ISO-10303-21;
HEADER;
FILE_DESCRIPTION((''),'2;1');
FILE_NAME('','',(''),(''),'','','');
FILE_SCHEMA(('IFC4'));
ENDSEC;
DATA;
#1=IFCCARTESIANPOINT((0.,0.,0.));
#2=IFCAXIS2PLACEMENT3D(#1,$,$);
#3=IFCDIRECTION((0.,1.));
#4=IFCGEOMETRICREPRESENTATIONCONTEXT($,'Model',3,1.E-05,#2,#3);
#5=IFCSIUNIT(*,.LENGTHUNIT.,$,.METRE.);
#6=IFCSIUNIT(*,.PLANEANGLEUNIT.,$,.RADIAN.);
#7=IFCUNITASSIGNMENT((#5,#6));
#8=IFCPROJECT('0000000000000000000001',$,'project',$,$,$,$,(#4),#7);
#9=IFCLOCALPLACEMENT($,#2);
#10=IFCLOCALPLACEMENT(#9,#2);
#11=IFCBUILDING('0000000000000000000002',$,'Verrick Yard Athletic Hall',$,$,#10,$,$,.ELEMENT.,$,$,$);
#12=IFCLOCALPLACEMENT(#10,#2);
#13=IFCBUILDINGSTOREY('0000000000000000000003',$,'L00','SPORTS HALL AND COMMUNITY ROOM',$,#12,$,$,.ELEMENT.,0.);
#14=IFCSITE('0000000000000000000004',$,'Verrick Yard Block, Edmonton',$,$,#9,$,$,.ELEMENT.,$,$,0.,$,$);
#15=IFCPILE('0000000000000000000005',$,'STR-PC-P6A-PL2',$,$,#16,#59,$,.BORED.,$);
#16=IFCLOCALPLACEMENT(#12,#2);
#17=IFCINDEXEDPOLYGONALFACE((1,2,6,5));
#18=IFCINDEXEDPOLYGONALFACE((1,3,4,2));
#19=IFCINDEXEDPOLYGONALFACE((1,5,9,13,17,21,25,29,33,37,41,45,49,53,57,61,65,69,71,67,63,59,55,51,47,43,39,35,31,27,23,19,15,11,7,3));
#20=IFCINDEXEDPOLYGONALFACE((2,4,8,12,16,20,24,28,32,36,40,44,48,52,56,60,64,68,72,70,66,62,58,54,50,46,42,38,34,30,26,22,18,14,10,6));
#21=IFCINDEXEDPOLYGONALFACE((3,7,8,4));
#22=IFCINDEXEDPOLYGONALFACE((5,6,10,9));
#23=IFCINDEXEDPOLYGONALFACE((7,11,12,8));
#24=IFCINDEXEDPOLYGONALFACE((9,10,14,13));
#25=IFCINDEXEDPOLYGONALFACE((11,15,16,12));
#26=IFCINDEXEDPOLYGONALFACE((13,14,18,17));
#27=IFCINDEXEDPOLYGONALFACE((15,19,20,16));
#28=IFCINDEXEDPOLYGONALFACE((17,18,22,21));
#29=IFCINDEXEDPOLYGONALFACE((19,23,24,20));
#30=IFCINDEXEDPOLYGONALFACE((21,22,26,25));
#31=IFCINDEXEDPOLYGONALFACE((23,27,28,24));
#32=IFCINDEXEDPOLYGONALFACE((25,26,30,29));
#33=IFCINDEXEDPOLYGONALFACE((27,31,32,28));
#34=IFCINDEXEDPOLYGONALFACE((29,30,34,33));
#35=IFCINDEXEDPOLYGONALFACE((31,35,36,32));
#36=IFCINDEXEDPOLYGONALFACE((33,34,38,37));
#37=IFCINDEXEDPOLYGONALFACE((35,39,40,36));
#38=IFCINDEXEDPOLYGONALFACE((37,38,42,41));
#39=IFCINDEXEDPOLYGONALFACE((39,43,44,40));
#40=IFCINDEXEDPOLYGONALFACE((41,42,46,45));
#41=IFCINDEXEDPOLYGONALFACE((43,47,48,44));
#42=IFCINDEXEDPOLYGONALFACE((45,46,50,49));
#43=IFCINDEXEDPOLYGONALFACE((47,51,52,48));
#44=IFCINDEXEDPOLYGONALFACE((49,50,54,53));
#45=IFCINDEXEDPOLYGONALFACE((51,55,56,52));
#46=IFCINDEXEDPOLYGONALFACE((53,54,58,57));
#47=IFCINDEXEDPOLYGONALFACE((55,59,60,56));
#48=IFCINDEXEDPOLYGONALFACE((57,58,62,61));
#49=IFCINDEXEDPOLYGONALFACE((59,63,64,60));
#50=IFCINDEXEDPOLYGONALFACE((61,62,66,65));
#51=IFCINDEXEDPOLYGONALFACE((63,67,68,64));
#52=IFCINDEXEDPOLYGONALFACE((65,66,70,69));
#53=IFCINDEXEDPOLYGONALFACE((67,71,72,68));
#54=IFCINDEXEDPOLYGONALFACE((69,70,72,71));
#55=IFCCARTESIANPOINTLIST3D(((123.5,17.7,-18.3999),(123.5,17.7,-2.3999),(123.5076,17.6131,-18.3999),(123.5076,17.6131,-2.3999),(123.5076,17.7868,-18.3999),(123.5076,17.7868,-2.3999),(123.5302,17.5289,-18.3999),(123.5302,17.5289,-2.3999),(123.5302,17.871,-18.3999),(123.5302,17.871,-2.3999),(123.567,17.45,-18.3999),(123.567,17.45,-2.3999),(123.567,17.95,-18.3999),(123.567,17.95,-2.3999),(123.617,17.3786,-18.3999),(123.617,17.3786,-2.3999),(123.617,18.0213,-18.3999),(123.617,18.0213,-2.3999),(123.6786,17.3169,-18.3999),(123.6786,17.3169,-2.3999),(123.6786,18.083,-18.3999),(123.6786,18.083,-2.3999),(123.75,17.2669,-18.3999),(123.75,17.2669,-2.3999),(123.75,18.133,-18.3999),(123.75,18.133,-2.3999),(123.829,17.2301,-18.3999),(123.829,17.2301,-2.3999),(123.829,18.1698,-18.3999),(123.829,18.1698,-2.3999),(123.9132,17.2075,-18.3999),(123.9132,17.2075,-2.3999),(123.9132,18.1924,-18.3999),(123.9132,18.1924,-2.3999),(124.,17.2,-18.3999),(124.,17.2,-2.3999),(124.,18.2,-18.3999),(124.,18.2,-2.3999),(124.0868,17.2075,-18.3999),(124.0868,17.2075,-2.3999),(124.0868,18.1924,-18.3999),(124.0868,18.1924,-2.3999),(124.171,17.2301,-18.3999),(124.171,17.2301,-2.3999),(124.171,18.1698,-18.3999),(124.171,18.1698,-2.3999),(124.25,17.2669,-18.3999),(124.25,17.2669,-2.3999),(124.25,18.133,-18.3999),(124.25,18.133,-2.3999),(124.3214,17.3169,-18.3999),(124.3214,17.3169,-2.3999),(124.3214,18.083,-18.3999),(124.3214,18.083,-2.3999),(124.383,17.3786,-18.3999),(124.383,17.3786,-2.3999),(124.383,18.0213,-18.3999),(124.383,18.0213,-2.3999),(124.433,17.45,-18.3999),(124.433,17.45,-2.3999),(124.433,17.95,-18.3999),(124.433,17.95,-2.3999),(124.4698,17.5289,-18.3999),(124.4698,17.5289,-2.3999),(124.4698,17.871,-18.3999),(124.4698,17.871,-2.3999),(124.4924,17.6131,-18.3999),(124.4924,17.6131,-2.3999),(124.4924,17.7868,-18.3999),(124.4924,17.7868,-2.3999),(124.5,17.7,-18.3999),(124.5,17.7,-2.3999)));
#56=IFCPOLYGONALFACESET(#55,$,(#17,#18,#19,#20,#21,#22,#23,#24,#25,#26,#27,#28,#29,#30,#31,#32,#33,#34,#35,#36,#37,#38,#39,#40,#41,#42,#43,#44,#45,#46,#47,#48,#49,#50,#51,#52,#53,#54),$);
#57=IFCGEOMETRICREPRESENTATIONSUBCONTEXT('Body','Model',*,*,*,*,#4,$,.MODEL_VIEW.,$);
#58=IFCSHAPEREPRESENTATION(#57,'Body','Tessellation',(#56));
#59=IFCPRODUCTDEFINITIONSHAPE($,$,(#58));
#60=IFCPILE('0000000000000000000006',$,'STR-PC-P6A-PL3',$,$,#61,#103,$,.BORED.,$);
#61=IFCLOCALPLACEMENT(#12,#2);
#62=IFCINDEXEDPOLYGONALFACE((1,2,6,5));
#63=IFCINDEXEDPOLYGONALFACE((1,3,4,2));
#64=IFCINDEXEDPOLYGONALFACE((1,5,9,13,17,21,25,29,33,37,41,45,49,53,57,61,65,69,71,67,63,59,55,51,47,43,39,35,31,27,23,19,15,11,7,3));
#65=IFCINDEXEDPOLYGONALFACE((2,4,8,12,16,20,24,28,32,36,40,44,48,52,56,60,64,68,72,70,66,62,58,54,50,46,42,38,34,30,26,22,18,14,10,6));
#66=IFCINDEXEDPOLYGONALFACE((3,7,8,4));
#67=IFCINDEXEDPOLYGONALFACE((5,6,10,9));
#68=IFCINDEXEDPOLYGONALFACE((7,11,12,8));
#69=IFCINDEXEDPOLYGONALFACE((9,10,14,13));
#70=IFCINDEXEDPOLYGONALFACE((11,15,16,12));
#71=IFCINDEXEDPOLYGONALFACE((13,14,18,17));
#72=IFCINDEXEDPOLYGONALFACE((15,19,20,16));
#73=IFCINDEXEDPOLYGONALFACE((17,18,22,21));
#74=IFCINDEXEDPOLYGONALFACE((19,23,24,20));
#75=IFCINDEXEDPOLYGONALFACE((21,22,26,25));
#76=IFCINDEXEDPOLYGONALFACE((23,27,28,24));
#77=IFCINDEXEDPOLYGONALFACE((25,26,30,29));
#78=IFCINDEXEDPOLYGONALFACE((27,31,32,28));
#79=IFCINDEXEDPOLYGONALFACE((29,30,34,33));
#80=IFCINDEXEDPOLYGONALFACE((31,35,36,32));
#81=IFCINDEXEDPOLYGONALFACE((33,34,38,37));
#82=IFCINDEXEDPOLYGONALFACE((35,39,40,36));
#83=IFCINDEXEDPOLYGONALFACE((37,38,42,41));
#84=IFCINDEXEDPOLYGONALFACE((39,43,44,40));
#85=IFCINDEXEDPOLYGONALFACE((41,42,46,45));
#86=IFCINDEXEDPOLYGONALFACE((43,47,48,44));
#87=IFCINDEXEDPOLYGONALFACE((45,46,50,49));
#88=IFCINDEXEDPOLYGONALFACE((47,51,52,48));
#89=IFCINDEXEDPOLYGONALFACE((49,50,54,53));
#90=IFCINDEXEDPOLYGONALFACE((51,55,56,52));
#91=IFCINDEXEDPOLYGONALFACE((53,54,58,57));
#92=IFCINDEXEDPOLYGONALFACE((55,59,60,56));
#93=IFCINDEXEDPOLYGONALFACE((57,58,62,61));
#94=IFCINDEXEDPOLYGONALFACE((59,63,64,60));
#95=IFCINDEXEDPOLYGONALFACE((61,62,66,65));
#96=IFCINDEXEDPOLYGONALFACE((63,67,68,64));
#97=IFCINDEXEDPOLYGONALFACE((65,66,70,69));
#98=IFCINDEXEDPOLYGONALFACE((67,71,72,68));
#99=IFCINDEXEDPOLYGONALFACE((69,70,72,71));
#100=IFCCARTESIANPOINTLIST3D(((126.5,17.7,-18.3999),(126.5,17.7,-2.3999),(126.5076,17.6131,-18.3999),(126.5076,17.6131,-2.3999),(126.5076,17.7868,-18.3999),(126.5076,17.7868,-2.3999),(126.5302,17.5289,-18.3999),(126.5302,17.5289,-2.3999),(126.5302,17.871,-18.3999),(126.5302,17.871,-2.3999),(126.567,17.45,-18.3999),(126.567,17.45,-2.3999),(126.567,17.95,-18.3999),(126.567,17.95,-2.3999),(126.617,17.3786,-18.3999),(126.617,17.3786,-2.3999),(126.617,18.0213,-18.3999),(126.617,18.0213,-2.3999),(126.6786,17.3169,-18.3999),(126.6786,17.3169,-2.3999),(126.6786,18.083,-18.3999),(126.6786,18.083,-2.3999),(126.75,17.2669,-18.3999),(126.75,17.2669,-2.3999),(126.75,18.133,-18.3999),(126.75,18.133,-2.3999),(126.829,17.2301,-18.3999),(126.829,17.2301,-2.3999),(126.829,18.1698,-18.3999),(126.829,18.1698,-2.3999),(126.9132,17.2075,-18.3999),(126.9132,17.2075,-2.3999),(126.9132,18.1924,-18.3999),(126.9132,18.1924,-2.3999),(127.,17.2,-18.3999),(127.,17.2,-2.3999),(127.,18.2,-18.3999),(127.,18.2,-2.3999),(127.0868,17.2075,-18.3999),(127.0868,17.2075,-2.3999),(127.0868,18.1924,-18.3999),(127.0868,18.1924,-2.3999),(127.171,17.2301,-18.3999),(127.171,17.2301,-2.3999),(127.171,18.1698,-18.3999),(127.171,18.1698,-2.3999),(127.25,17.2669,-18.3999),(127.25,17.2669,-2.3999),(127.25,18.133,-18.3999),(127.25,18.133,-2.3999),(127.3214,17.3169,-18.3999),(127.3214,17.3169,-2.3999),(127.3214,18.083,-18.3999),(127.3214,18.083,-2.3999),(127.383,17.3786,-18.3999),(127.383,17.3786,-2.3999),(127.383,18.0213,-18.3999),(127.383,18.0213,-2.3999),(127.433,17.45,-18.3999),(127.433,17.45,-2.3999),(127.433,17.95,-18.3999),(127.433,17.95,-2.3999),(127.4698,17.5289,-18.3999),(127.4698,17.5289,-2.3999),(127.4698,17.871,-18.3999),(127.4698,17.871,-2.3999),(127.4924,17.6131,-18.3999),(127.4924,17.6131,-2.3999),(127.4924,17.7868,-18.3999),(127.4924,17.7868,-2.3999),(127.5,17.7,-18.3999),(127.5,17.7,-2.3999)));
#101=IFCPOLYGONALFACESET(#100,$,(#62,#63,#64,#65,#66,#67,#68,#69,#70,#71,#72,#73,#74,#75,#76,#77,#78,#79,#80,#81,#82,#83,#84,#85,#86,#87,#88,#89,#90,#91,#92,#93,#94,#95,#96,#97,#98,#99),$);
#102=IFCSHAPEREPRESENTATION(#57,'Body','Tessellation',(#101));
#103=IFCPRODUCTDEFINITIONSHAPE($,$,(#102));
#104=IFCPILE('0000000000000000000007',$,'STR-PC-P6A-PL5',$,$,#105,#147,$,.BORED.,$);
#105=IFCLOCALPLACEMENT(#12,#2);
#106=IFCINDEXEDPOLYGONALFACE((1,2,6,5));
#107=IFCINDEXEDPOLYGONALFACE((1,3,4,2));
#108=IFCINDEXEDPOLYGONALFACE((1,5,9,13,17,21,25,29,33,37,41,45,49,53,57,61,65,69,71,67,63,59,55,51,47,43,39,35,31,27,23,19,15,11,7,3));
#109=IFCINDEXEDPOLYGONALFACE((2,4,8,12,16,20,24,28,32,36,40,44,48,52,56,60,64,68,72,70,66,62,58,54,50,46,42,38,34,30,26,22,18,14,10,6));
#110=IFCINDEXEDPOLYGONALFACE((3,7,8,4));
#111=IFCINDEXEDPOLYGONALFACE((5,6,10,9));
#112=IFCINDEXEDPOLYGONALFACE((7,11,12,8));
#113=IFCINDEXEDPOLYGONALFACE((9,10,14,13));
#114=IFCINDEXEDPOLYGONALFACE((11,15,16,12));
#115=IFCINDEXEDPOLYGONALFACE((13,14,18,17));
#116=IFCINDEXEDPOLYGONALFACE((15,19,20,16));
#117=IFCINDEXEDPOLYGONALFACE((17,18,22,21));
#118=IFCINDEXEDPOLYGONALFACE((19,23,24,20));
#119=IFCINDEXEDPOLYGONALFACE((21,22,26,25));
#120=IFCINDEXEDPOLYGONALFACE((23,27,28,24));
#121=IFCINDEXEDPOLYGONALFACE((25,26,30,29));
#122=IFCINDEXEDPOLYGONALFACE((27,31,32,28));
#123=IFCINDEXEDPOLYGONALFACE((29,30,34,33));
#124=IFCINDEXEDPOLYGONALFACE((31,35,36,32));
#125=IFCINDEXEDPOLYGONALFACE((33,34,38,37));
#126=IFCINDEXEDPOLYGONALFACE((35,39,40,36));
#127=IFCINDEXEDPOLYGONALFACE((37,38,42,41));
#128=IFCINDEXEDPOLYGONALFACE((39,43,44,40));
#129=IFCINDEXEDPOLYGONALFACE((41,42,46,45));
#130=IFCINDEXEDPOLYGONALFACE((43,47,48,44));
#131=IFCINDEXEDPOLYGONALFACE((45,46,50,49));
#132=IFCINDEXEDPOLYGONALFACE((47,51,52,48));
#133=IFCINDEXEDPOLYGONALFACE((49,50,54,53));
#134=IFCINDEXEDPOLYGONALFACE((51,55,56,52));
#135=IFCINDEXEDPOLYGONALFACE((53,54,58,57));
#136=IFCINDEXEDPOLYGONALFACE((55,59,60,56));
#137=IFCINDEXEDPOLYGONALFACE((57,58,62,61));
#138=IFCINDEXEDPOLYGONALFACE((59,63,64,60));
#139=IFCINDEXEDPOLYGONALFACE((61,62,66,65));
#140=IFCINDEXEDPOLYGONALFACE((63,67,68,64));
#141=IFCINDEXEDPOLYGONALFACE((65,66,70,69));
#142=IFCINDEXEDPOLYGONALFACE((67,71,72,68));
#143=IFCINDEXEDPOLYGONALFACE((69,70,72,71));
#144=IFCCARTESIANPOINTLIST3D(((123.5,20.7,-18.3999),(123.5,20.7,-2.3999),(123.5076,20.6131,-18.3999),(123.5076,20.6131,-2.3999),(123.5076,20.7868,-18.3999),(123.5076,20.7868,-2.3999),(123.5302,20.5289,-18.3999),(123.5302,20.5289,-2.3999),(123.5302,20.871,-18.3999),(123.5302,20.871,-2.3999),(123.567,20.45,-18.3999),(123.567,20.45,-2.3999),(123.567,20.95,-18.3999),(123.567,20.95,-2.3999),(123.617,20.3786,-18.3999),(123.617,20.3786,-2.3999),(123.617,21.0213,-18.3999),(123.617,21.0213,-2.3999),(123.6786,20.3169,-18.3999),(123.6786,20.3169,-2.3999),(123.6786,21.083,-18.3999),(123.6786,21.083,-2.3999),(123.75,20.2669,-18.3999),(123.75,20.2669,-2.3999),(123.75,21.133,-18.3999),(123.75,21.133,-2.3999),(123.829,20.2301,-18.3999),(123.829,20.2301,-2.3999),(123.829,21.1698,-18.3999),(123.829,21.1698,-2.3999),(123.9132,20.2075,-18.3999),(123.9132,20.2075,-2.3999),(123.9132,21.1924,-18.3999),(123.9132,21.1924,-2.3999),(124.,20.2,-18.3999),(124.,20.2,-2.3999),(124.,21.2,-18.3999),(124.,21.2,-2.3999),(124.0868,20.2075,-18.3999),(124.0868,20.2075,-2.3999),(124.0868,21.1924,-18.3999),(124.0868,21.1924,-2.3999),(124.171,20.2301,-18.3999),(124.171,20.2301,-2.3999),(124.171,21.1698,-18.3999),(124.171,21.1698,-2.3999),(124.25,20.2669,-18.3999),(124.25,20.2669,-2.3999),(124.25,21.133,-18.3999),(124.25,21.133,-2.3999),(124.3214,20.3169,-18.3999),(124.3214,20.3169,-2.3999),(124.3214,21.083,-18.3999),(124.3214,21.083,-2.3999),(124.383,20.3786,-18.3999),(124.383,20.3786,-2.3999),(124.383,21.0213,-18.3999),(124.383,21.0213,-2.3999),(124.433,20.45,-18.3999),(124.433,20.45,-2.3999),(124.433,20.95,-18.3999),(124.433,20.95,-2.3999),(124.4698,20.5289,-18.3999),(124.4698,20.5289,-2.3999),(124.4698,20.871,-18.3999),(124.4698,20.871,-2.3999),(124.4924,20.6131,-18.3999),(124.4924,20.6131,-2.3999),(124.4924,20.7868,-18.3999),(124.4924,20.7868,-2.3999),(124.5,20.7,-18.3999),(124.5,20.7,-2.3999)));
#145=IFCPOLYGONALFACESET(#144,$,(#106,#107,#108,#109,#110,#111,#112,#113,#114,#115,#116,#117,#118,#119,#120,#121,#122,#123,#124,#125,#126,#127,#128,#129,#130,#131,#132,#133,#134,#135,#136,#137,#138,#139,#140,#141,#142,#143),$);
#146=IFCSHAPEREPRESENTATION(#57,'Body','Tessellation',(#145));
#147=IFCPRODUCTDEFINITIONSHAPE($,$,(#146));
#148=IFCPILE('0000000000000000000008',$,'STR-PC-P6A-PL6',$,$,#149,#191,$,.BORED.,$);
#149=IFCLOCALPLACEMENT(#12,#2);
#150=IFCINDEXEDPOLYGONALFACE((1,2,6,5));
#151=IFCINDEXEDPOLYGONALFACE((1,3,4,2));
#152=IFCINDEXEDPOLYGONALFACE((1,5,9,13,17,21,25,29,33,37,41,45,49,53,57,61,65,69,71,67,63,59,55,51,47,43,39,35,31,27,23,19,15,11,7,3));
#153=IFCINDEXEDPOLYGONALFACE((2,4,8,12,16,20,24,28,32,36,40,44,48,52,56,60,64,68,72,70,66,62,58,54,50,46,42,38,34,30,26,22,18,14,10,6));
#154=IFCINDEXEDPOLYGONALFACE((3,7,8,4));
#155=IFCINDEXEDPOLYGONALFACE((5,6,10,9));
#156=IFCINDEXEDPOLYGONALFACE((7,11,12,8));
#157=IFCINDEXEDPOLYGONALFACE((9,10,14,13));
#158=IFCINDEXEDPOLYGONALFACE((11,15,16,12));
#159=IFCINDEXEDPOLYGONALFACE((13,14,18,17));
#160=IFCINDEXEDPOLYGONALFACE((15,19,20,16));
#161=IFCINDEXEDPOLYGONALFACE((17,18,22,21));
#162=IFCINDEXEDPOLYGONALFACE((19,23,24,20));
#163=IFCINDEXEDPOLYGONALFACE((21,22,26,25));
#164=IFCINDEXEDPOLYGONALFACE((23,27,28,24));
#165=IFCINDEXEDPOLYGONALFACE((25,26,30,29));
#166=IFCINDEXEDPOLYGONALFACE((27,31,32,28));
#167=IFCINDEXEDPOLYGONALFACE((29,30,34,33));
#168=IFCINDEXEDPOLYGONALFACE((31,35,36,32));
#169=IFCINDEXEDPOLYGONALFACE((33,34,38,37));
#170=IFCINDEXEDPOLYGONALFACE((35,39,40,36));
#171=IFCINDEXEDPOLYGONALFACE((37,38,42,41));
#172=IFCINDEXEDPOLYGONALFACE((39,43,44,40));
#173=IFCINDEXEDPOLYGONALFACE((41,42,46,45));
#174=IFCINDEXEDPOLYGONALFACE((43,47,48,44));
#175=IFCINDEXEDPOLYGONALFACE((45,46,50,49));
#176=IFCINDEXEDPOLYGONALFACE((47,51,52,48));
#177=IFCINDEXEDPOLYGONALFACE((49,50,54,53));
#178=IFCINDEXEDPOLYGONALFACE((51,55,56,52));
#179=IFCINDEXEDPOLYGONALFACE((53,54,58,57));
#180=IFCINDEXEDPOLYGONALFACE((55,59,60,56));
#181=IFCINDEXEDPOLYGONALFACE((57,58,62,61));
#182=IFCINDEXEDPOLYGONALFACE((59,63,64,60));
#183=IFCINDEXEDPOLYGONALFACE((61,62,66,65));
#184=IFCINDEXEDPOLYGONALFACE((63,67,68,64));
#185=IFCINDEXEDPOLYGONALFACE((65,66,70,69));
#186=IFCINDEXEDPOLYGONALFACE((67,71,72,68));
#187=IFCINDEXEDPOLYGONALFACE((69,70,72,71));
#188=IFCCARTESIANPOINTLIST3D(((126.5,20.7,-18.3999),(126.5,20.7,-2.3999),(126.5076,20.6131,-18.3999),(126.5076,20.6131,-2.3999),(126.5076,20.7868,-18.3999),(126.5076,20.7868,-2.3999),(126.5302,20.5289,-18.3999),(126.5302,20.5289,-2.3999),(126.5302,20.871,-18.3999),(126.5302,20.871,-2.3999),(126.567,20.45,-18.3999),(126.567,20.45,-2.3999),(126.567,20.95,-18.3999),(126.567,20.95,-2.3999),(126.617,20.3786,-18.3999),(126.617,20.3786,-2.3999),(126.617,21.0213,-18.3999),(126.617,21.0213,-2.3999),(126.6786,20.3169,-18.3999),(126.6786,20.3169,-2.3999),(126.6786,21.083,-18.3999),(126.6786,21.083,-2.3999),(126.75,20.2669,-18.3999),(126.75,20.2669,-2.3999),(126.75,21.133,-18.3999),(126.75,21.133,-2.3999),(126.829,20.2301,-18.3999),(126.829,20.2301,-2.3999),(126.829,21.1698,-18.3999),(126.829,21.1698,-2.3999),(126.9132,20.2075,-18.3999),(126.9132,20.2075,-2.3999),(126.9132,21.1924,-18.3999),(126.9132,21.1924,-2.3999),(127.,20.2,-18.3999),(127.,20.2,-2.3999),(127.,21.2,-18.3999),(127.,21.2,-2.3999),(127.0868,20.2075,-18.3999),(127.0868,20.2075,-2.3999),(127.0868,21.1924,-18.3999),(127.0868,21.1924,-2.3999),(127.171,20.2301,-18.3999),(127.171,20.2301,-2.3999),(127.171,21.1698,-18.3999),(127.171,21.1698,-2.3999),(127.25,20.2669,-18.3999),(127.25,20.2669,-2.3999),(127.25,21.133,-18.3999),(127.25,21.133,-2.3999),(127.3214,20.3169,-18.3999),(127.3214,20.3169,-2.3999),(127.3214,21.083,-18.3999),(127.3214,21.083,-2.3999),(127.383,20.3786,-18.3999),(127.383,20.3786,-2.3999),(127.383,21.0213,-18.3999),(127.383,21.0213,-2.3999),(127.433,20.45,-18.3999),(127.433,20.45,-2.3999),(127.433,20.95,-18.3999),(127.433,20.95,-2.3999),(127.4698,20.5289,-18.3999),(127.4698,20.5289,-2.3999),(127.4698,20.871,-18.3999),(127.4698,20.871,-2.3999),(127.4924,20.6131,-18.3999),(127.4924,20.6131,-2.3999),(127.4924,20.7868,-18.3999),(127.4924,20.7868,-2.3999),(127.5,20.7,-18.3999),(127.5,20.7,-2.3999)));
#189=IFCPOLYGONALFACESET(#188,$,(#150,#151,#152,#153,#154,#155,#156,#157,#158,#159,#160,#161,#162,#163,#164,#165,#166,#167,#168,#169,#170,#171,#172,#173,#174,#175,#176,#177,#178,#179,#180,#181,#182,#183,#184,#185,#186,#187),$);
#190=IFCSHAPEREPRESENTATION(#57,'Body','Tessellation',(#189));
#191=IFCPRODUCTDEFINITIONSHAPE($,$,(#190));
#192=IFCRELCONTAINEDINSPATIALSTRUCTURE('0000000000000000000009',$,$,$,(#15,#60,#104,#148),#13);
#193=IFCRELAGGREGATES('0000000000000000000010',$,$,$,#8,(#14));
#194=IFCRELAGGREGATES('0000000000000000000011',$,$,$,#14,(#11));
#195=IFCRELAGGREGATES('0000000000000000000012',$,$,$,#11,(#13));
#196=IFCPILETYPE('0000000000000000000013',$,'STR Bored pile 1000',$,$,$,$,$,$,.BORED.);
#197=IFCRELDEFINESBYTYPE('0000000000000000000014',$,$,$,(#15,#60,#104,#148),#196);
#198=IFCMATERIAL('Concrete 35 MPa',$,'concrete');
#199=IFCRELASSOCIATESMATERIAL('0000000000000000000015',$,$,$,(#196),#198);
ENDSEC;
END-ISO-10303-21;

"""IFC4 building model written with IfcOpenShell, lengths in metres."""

from ifc_helpers import new_model, si_unit, direction, frame, origin, origin_2d, place, context, subcontext, project, spatial, circle, extrude, material, type_object, element, save


model = new_model("IFC4")

# Units and contexts
model_context = context("Model", 3, precision=1e-05, world=origin(), true_north=direction((0.0, 1.0)))
body_context = subcontext(model_context, "Body", "Model", "MODEL_VIEW")
ifc_project = project(units=[si_unit("LENGTHUNIT", "METRE"), si_unit("PLANEANGLEUNIT", "RADIAN")], contexts=[model_context])

# Site, building, storey
site_placement = place(None, origin())
site = spatial("IfcSite", under=ifc_project, at=site_placement, Name="Verrick Yard Block, Edmonton", CompositionType="ELEMENT", RefElevation=0.0)
building_placement = place(site_placement, origin())
building = spatial("IfcBuilding", under=site, at=building_placement, Name="Verrick Yard Athletic Hall", CompositionType="ELEMENT")
storey_placement = place(building_placement, origin())
storey = spatial("IfcBuildingStorey", under=building, at=storey_placement, Name="L00", Description="SPORTS HALL AND COMMUNITY ROOM", CompositionType="ELEMENT", Elevation=0.0)

# Piles
ifc_material_1 = material(Name="Concrete 35 MPa", Category="concrete")
pile_type = type_object("IfcPileType", Name="STR Bored pile 1000", PredefinedType="BORED", material=ifc_material_1)
for number, where, z_axis, x_axis, name in (
    (1, (124.0, 17.7, -2.3999), (0.0, 0.0, -1.0), (1.0, 0.0, 0.0), "STR-PC-P6A-PL2"),
    (2, (127.0, 17.7, -2.3999), (0.0, 0.0, -1.0), (1.0, 0.0, 0.0), "STR-PC-P6A-PL3"),
    (3, (124.0, 20.7, -2.3999), (0.0, 0.0, -1.0), (1.0, 0.0, 0.0), "STR-PC-P6A-PL5"),
    (4, (127.0, 20.7, -2.3999), (0.0, 0.0, -1.0), (1.0, 0.0, 0.0), "STR-PC-P6A-PL6"),
):
    element("IfcPile", number, at=place(storey_placement, frame(where, z_axis=z_axis, x_axis=x_axis)), inside=storey, type_object=pile_type, Name=name, PredefinedType="BORED", context=body_context, shape_type="SweptSolid", body=[
        extrude(circle(Radius=0.5, at=origin_2d()), origin(), (0.0, 0.0, 1.0), 16.0),
    ])

save(model, "model.ifc")
